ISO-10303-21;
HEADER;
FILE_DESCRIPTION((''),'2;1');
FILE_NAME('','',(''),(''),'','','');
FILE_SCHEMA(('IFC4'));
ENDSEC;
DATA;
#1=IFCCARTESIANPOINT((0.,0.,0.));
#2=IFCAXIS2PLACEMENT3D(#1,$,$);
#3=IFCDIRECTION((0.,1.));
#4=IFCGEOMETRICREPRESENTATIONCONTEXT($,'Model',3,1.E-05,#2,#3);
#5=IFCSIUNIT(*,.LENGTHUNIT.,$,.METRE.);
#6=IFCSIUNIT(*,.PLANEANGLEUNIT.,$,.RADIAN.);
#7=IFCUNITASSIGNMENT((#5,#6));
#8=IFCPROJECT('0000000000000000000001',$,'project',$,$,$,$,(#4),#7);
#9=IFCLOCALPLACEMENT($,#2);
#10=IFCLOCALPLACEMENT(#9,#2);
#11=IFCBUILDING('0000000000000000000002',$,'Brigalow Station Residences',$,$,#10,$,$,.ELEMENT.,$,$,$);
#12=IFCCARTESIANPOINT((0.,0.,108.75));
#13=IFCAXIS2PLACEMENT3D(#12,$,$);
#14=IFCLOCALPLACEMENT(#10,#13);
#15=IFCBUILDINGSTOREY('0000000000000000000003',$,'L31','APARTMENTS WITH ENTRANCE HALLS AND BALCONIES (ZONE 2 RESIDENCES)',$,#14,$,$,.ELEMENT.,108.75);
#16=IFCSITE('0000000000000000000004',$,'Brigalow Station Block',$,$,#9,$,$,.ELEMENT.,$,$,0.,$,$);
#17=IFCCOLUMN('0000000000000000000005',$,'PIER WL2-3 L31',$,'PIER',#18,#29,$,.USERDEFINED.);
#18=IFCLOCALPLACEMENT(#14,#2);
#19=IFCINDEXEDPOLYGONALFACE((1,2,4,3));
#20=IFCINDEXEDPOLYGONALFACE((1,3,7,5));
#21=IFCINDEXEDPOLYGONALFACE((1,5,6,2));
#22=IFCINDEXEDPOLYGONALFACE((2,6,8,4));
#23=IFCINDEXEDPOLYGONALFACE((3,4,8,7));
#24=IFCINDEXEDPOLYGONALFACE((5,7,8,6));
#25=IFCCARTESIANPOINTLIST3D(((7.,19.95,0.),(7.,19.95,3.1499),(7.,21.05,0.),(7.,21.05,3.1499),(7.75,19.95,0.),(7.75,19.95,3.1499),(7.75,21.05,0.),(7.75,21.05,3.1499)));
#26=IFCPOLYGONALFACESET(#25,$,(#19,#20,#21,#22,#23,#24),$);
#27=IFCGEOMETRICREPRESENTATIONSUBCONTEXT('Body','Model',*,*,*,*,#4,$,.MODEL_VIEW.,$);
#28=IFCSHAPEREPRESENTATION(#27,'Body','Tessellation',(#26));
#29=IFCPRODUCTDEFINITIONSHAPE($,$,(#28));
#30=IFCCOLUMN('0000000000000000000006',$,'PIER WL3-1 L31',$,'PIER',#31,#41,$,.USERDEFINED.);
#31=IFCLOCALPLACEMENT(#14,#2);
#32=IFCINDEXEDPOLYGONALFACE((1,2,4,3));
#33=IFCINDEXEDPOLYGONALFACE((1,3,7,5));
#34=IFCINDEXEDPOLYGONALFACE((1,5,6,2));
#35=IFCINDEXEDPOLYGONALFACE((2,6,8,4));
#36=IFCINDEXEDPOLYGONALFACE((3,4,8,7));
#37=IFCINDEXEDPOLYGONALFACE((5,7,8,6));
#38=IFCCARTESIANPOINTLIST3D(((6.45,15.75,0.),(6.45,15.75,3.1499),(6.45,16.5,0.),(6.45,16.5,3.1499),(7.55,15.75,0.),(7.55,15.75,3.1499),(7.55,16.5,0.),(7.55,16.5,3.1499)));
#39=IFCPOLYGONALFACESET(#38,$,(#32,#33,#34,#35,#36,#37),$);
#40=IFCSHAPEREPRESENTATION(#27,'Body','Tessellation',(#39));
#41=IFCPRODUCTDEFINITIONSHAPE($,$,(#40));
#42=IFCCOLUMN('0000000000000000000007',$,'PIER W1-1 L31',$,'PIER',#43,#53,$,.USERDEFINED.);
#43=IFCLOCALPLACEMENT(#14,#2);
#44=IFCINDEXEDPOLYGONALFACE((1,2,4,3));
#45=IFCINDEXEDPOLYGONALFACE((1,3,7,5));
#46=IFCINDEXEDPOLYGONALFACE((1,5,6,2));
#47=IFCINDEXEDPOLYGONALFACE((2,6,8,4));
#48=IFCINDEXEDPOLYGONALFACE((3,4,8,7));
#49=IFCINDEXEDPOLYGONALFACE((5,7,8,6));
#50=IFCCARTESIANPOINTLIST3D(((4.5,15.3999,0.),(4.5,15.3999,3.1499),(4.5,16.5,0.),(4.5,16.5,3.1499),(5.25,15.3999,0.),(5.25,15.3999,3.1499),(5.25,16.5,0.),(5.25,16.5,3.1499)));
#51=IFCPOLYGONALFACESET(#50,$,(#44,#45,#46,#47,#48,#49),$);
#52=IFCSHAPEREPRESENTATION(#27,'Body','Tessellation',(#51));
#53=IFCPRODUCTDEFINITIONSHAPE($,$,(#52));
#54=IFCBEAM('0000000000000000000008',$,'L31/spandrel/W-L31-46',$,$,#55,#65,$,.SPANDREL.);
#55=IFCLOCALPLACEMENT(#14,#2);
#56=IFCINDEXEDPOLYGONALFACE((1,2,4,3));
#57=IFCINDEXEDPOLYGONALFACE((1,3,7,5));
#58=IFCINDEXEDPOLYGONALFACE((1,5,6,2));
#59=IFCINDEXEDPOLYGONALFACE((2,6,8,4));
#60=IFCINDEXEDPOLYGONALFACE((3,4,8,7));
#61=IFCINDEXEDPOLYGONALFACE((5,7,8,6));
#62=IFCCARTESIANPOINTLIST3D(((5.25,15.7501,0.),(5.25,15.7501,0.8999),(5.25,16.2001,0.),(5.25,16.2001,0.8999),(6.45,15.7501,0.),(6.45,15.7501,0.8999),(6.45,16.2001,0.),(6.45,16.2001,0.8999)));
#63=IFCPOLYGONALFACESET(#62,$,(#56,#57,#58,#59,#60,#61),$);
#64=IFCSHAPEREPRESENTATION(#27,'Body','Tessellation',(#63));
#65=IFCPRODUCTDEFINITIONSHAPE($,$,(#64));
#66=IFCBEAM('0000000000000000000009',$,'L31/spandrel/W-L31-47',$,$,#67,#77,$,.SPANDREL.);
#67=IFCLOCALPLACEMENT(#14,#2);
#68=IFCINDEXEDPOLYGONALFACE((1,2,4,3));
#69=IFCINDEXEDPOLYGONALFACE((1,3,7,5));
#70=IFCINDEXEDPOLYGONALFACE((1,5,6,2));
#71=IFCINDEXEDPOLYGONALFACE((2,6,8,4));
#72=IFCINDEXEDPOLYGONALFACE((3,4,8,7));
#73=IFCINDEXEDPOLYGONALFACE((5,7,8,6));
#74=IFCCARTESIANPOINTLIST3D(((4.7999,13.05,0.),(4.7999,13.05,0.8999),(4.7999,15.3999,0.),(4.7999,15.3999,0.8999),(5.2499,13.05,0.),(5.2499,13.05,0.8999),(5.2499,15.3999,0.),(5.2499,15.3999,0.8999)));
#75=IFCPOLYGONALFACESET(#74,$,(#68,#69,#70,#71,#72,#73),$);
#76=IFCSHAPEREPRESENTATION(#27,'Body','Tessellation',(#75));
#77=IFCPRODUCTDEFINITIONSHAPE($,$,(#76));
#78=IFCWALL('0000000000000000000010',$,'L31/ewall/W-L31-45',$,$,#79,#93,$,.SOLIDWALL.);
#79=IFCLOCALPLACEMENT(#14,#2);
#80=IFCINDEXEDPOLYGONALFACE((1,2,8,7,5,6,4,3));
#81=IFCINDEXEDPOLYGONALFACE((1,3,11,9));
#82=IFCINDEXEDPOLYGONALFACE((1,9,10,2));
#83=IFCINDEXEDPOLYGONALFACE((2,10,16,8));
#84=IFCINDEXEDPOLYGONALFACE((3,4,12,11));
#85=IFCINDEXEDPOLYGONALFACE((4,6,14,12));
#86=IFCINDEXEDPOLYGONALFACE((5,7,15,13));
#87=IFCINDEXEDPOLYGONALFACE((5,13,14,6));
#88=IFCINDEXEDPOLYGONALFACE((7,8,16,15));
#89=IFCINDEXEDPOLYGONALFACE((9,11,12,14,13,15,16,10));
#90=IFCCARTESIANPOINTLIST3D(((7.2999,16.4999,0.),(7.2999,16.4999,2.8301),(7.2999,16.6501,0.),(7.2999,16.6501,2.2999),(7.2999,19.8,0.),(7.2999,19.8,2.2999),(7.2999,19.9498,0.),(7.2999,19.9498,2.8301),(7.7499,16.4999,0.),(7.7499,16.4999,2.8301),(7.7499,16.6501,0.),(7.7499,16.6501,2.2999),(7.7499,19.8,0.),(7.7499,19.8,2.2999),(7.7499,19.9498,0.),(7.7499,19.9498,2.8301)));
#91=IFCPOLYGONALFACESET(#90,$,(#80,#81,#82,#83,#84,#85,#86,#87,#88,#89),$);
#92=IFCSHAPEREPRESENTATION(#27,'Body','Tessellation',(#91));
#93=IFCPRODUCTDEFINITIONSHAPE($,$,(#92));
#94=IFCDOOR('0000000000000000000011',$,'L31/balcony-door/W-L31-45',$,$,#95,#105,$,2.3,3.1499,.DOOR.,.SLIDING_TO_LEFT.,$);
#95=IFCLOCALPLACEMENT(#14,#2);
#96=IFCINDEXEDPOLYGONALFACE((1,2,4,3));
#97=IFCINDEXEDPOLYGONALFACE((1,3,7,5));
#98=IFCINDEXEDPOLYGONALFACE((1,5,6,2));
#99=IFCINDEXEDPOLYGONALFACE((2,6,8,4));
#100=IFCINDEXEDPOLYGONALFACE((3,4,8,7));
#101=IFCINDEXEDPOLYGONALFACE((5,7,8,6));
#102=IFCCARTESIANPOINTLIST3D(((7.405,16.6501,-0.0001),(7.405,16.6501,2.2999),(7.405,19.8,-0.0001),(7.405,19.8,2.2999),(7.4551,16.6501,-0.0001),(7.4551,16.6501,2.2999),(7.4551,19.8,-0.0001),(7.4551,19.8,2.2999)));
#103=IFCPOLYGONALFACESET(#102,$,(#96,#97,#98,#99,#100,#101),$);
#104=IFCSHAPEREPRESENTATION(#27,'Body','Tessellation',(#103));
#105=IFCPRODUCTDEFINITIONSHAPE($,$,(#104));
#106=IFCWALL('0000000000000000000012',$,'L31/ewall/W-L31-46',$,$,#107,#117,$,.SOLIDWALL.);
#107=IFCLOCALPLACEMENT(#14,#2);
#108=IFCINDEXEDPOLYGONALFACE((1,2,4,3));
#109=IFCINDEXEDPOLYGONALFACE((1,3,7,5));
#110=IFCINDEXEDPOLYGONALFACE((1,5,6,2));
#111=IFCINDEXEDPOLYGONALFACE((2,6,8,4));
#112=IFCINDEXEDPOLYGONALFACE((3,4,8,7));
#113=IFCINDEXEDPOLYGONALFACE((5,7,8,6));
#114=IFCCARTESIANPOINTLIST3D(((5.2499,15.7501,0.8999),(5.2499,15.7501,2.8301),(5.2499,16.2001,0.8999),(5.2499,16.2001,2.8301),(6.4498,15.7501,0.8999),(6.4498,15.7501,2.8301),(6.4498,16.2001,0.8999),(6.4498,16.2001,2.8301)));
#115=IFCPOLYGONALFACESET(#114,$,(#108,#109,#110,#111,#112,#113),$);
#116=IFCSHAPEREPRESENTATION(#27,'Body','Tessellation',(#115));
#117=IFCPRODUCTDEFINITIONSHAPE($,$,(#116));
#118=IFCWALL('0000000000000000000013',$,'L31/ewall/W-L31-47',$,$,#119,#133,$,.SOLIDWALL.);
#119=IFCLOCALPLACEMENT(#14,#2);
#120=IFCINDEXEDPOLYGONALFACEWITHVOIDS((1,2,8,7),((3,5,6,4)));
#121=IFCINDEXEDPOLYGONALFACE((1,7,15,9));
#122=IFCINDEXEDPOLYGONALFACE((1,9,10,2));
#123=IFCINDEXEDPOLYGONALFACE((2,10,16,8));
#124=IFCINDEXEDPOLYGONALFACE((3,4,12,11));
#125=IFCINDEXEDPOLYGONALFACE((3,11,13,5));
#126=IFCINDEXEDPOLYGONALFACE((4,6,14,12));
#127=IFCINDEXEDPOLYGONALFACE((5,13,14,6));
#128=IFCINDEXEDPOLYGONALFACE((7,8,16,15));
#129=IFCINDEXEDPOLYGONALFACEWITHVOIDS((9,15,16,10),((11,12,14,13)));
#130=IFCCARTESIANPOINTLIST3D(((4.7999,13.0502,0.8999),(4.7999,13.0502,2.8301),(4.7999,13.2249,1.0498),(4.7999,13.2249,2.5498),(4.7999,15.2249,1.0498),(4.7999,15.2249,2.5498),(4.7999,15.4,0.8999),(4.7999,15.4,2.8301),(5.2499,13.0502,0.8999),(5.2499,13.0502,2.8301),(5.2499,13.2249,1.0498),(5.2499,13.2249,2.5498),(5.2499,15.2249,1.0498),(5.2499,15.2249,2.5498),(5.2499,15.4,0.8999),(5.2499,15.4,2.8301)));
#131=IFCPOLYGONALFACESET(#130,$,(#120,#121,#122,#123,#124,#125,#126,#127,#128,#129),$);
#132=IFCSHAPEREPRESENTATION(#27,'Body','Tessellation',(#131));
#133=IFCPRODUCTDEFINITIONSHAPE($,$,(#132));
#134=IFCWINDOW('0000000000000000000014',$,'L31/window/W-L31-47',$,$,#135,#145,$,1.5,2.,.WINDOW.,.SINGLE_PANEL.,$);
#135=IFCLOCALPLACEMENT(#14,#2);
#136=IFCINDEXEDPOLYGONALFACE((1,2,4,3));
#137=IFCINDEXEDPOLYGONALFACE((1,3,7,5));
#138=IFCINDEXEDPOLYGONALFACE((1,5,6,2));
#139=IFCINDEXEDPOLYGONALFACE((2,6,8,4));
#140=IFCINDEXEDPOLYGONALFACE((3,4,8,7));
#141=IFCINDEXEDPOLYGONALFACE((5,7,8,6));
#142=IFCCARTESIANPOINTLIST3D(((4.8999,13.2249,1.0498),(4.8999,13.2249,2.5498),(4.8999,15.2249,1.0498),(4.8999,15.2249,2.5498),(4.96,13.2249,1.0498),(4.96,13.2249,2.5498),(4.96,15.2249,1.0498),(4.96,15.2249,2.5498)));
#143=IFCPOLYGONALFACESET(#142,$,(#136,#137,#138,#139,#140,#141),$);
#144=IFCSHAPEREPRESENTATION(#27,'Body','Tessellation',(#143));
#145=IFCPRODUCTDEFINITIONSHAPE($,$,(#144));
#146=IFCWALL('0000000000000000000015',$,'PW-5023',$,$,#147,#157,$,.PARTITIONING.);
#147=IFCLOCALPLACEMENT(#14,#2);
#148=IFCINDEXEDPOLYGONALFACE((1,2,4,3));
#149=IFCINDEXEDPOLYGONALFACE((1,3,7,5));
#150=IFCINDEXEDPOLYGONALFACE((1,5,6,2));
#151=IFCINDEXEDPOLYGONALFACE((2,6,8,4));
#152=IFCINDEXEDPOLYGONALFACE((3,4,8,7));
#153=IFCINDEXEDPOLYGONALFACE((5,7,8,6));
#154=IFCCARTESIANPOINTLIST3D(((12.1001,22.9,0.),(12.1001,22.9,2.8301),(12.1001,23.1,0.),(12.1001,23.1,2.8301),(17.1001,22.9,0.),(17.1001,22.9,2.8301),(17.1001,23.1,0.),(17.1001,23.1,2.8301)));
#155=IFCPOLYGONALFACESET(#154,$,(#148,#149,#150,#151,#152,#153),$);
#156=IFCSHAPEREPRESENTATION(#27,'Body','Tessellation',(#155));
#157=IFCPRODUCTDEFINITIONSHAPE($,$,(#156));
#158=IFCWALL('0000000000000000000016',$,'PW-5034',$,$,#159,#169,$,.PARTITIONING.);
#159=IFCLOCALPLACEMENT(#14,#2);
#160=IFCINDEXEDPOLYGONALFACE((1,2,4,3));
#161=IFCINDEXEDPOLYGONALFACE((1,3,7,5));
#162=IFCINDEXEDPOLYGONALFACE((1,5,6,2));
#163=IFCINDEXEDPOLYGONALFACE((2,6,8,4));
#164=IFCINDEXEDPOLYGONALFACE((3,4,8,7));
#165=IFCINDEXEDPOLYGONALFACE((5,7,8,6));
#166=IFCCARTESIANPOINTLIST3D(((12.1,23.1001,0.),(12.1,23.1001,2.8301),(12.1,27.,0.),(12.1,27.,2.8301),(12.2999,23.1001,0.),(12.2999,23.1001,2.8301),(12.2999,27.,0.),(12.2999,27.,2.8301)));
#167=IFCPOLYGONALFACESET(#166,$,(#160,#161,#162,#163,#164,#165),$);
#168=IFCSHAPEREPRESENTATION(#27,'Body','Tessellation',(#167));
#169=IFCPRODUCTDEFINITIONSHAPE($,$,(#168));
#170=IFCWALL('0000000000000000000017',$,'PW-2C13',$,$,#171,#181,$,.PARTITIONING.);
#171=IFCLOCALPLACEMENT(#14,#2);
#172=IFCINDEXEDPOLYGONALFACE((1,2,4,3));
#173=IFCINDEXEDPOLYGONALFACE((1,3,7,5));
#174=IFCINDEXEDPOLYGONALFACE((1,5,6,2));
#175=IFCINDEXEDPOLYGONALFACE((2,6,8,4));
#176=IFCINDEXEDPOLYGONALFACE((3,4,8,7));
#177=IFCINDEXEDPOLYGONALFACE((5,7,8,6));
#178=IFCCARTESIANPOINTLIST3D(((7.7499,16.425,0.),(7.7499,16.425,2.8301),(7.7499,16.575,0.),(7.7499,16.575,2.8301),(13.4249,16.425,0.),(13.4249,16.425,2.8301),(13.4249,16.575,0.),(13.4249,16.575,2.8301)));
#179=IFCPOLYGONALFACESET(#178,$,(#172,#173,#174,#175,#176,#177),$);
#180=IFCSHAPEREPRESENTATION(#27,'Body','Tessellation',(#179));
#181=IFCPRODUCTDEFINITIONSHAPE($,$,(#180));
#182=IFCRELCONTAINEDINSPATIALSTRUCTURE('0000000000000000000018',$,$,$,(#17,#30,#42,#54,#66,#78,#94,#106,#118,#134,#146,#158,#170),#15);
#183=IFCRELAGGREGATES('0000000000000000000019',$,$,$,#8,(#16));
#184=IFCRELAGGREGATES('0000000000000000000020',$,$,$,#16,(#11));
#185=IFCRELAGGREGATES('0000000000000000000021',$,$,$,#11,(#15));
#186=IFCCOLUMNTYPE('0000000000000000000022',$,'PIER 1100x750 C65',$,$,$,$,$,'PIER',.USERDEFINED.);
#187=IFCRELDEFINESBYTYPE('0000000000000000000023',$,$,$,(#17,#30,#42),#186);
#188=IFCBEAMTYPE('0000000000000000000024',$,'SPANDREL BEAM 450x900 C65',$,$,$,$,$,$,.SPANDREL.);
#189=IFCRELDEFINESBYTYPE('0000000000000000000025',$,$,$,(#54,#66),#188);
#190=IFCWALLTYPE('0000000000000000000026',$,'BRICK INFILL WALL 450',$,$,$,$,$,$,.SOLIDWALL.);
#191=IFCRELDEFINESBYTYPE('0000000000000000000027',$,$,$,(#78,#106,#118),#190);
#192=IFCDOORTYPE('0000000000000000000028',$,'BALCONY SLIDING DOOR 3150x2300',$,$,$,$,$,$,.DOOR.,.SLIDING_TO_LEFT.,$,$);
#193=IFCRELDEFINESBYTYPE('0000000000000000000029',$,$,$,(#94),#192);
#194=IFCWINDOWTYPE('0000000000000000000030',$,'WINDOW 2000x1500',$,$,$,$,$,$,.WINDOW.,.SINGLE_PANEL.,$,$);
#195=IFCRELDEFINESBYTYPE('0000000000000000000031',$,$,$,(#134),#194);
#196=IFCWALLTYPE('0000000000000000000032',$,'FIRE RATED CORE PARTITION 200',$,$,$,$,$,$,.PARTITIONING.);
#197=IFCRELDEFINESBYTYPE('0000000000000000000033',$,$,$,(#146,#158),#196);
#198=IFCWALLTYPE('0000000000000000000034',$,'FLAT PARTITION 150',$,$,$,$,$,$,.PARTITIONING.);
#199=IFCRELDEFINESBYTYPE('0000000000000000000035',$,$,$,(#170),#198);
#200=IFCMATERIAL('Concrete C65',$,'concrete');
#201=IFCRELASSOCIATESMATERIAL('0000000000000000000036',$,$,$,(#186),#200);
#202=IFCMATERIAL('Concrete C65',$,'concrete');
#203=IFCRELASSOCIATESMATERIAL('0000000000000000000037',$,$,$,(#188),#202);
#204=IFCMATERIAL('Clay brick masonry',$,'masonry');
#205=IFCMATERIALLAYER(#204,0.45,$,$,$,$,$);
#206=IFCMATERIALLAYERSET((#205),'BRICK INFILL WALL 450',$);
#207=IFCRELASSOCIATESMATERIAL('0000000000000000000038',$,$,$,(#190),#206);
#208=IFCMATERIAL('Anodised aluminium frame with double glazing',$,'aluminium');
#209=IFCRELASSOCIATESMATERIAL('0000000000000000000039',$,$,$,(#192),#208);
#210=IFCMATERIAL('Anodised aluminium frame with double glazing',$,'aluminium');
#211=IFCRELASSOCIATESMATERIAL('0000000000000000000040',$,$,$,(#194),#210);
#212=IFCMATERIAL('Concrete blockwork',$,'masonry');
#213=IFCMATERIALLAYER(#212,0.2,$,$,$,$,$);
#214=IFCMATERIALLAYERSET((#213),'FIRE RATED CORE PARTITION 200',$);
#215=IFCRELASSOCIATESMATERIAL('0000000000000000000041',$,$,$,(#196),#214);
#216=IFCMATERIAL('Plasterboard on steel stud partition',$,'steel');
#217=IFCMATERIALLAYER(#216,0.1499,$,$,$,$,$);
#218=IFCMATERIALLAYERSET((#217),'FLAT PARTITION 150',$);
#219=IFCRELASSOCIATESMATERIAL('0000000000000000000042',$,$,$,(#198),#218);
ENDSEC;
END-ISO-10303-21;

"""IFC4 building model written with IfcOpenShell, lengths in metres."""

from ifc_helpers import new_model, si_unit, direction, frame, frame_2d, origin, origin_2d, place, context, subcontext, project, spatial, rectangle, extrude, material, layer, layer_set, material_profile, profile_set, type_object, element, fill, save


model = new_model("IFC4")

# Units and contexts
model_context = context("Model", 3, precision=1e-05, world=origin(), true_north=direction((0.0, 1.0)))
body_context = subcontext(model_context, "Body", "Model", "MODEL_VIEW")
ifc_project = project(units=[si_unit("LENGTHUNIT", "METRE"), si_unit("PLANEANGLEUNIT", "RADIAN")], contexts=[model_context])

# Site, building, storey
site_placement = place(None, origin())
site = spatial("IfcSite", under=ifc_project, at=site_placement, Name="Brigalow Station Block", CompositionType="ELEMENT", RefElevation=0.0)
building_placement = place(site_placement, origin())
building = spatial("IfcBuilding", under=site, at=building_placement, Name="Brigalow Station Residences", CompositionType="ELEMENT")
storey_placement = place(building_placement, frame((0.0, 0.0, 108.75)))
storey = spatial("IfcBuildingStorey", under=building, at=storey_placement, Name="L31", Description="APARTMENTS WITH ENTRANCE HALLS AND BALCONIES (ZONE 2 RESIDENCES)", CompositionType="ELEMENT", Elevation=108.75)

# Columns
ifc_material_1 = material(Name="Concrete C65", Category="concrete")
ifc_material_profile_1 = material_profile(ifc_material_1, rectangle(XDim=1.1001, YDim=0.75, at=origin_2d()), Name="RC1100x750")
ifc_profile_set_1 = profile_set([ifc_material_profile_1], Name="Concrete C65")
column_type = type_object("IfcColumnType", Name="PIER 1100x750 C65", ElementType="PIER", PredefinedType="USERDEFINED", material=ifc_profile_set_1)
for number, where, z_axis, x_axis, name in (
    (1, (7.375, 20.5, 0.0), (0.0, 0.0, 1.0), (0.0, -1.0, 0.0), "PIER WL2-3 L31"),
    (2, (7.0, 16.125, 0.0), (0.0, 0.0, 1.0), (-1.0, 0.0, 0.0), "PIER WL3-1 L31"),
    (3, (4.875, 15.95, 0.0), (0.0, 0.0, 1.0), (0.0, -1.0, 0.0), "PIER W1-1 L31"),
):
    element("IfcColumn", number, at=place(storey_placement, frame(where, z_axis=z_axis, x_axis=x_axis)), inside=storey, type_object=column_type, Name=name, ObjectType="PIER", PredefinedType="USERDEFINED", context=body_context, shape_type="SweptSolid", body=[
        extrude(rectangle(XDim=1.1001, YDim=0.75, at=origin_2d()), origin(), (0.0, 0.0, 1.0), 3.1499),
    ])

# Beams
ifc_material_2 = material(Name="Concrete C65", Category="concrete")
ifc_material_profile_2 = material_profile(ifc_material_2, rectangle(XDim=0.45, YDim=0.8999, at=origin_2d()), Name="RC450x900")
ifc_profile_set_2 = profile_set([ifc_material_profile_2], Name="Concrete C65")
beam_type = type_object("IfcBeamType", Name="SPANDREL BEAM 450x900 C65", PredefinedType="SPANDREL", material=ifc_profile_set_2)
beam_1_placement = place(storey_placement, frame((6.45, 15.9751, 0.45), z_axis=(-1.0, 0.0, 0.0), x_axis=(0.0, -1.0, 0.0)))
element("IfcBeam", 4, at=beam_1_placement, inside=storey, type_object=beam_type, Name="L31/spandrel/W-L31-46", PredefinedType="SPANDREL", context=body_context, shape_type="SweptSolid", body=[
    extrude(rectangle(XDim=0.45, YDim=0.8999, at=origin_2d()), origin(), (0.0, 0.0, 1.0), 1.2),
])
beam_2_placement = place(storey_placement, frame((5.0249, 15.3999, 0.45), z_axis=(0.0, -1.0, 0.0), x_axis=(1.0, 0.0, 0.0)))
element("IfcBeam", 5, at=beam_2_placement, inside=storey, type_object=beam_type, Name="L31/spandrel/W-L31-47", PredefinedType="SPANDREL", context=body_context, shape_type="SweptSolid", body=[
    extrude(rectangle(XDim=0.45, YDim=0.8999, at=origin_2d()), origin(), (0.0, 0.0, 1.0), 2.3499),
])

# Wall, opening, door
ifc_material_3 = material(Name="Clay brick masonry", Category="masonry")
ifc_layer_1 = layer(ifc_material_3, 0.45)
ifc_layer_set_1 = layer_set([ifc_layer_1], Name="BRICK INFILL WALL 450")
wall_type_1 = type_object("IfcWallType", Name="BRICK INFILL WALL 450", PredefinedType="SOLIDWALL", material=ifc_layer_set_1)
wall_1_placement = place(storey_placement, frame((7.5249, 19.95, 0.0), z_axis=(0.0, 0.0, 1.0), x_axis=(0.0, -1.0, 0.0)))
wall_1 = element("IfcWall", 6, at=wall_1_placement, inside=storey, type_object=wall_type_1, Name="L31/ewall/W-L31-45", PredefinedType="SOLIDWALL", context=body_context, shape_type="SweptSolid", body=[
    extrude(rectangle(XDim=3.45, YDim=0.45, at=frame_2d((1.7251, 0.0))), origin(), (0.0, 0.0, 1.0), 2.8301),
])
opening_1_placement = place(wall_1_placement, frame((0.1499, 0.0, 0.0)))
opening_1 = element("IfcOpeningElement", 7, at=opening_1_placement, cuts=wall_1, PredefinedType="OPENING", context=body_context, shape_type="SweptSolid", body=[
    extrude(rectangle(XDim=3.1499, YDim=2.3, at=frame_2d((1.575, 1.1499))), frame((0.0, 0.2349, 0.0), z_axis=(0.0, -1.0, 0.0), x_axis=(1.0, 0.0, 0.0)), (0.0, 0.0, 1.0), 0.47),
])
ifc_material_4 = material(Name="Anodised aluminium frame with double glazing", Category="aluminium")
door_type_1 = type_object("IfcDoorType", Name="BALCONY SLIDING DOOR 3150x2300", OperationType="SLIDING_TO_LEFT", PredefinedType="DOOR", material=ifc_material_4)
door_1_placement = place(opening_1_placement, origin())
door_1 = element("IfcDoor", 8, at=door_1_placement, inside=storey, type_object=door_type_1, Name="L31/balcony-door/W-L31-45", OperationType="SLIDING_TO_LEFT", OverallHeight=2.3, OverallWidth=3.1499, PredefinedType="DOOR", context=body_context, shape_type="SweptSolid", body=[
    extrude(rectangle(XDim=3.1499, YDim=2.3, at=frame_2d((1.575, 1.1499))), frame((0.0, -0.0698, 0.0), z_axis=(0.0, -1.0, 0.0), x_axis=(1.0, 0.0, 0.0)), (0.0, 0.0, 1.0), 0.05),
])
fill(opening_1, door_1)

# Wall
wall_2_placement = place(storey_placement, frame((6.45, 15.9751, 0.8999), z_axis=(0.0, 0.0, 1.0), x_axis=(-1.0, 0.0, 0.0)))
element("IfcWall", 9, at=wall_2_placement, inside=storey, type_object=wall_type_1, Name="L31/ewall/W-L31-46", PredefinedType="SOLIDWALL", context=body_context, shape_type="SweptSolid", body=[
    extrude(rectangle(XDim=1.2, YDim=0.45, at=frame_2d((0.6001, 0.0))), origin(), (0.0, 0.0, 1.0), 1.9302),
])

# Wall, opening, window
wall_3_placement = place(storey_placement, frame((5.0249, 15.3999, 0.8999), z_axis=(0.0, 0.0, 1.0), x_axis=(0.0, -1.0, 0.0)))
wall_3 = element("IfcWall", 10, at=wall_3_placement, inside=storey, type_object=wall_type_1, Name="L31/ewall/W-L31-47", PredefinedType="SOLIDWALL", context=body_context, shape_type="SweptSolid", body=[
    extrude(rectangle(XDim=2.3499, YDim=0.45, at=frame_2d((1.1748, 0.0))), origin(), (0.0, 0.0, 1.0), 1.9302),
])
opening_2_placement = place(wall_3_placement, frame((0.175, 0.0, 0.1499)))
opening_2 = element("IfcOpeningElement", 11, at=opening_2_placement, cuts=wall_3, PredefinedType="OPENING", context=body_context, shape_type="SweptSolid", body=[
    extrude(rectangle(XDim=2.0, YDim=1.5, at=frame_2d((1.0, 0.75))), frame((0.0, 0.2349, 0.0), z_axis=(0.0, -1.0, 0.0), x_axis=(1.0, 0.0, 0.0)), (0.0, 0.0, 1.0), 0.47),
])
ifc_material_5 = material(Name="Anodised aluminium frame with double glazing", Category="aluminium")
window_type = type_object("IfcWindowType", Name="WINDOW 2000x1500", PartitioningType="SINGLE_PANEL", PredefinedType="WINDOW", material=ifc_material_5)
window_placement = place(opening_2_placement, origin())
window = element("IfcWindow", 12, at=window_placement, inside=storey, type_object=window_type, Name="L31/window/W-L31-47", OverallHeight=1.5, OverallWidth=2.0, PartitioningType="SINGLE_PANEL", PredefinedType="WINDOW", context=body_context, shape_type="SweptSolid", body=[
    extrude(rectangle(XDim=2.0, YDim=1.5, at=frame_2d((1.0, 0.75))), frame((0.0, -0.0649, 0.0), z_axis=(0.0, -1.0, 0.0), x_axis=(1.0, 0.0, 0.0)), (0.0, 0.0, 1.0), 0.0601),
])
fill(opening_2, window)

# Walls
ifc_material_6 = material(Name="Concrete blockwork", Category="masonry")
ifc_layer_2 = layer(ifc_material_6, 0.2)
ifc_layer_set_2 = layer_set([ifc_layer_2], Name="FIRE RATED CORE PARTITION 200")
wall_type_2 = type_object("IfcWallType", Name="FIRE RATED CORE PARTITION 200", PredefinedType="PARTITIONING", material=ifc_layer_set_2)
wall_4_placement = place(storey_placement, frame((12.1001, 23.0, 0.0), z_axis=(0.0, 0.0, 1.0), x_axis=(1.0, 0.0, 0.0)))
element("IfcWall", 13, at=wall_4_placement, inside=storey, type_object=wall_type_2, Name="PW-5023", PredefinedType="PARTITIONING", context=body_context, shape_type="SweptSolid", body=[
    extrude(rectangle(XDim=5.0, YDim=0.2, at=frame_2d((2.5, 0.0))), origin(), (0.0, 0.0, 1.0), 2.8301),
])
wall_5_placement = place(storey_placement, frame((12.2, 23.1001, 0.0), z_axis=(0.0, 0.0, 1.0), x_axis=(0.0, 1.0, 0.0)))
element("IfcWall", 14, at=wall_5_placement, inside=storey, type_object=wall_type_2, Name="PW-5034", PredefinedType="PARTITIONING", context=body_context, shape_type="SweptSolid", body=[
    extrude(rectangle(XDim=3.8999, YDim=0.2, at=frame_2d((1.95, 0.0))), origin(), (0.0, 0.0, 1.0), 2.8301),
])
ifc_material_7 = material(Name="Plasterboard on steel stud partition", Category="steel")
ifc_layer_3 = layer(ifc_material_7, 0.1499)
ifc_layer_set_3 = layer_set([ifc_layer_3], Name="FLAT PARTITION 150")
wall_type_3 = type_object("IfcWallType", Name="FLAT PARTITION 150", PredefinedType="PARTITIONING", material=ifc_layer_set_3)
wall_6_placement = place(storey_placement, frame((7.75, 16.5, 0.0), z_axis=(0.0, 0.0, 1.0), x_axis=(1.0, 0.0, 0.0)))
element("IfcWall", 15, at=wall_6_placement, inside=storey, type_object=wall_type_3, Name="PW-2C13", PredefinedType="PARTITIONING", context=body_context, shape_type="SweptSolid", body=[
    extrude(rectangle(XDim=5.675, YDim=0.1499, at=frame_2d((2.8374, 0.0))), origin(), (0.0, 0.0, 1.0), 2.8301),
])

save(model, "model.ifc")
